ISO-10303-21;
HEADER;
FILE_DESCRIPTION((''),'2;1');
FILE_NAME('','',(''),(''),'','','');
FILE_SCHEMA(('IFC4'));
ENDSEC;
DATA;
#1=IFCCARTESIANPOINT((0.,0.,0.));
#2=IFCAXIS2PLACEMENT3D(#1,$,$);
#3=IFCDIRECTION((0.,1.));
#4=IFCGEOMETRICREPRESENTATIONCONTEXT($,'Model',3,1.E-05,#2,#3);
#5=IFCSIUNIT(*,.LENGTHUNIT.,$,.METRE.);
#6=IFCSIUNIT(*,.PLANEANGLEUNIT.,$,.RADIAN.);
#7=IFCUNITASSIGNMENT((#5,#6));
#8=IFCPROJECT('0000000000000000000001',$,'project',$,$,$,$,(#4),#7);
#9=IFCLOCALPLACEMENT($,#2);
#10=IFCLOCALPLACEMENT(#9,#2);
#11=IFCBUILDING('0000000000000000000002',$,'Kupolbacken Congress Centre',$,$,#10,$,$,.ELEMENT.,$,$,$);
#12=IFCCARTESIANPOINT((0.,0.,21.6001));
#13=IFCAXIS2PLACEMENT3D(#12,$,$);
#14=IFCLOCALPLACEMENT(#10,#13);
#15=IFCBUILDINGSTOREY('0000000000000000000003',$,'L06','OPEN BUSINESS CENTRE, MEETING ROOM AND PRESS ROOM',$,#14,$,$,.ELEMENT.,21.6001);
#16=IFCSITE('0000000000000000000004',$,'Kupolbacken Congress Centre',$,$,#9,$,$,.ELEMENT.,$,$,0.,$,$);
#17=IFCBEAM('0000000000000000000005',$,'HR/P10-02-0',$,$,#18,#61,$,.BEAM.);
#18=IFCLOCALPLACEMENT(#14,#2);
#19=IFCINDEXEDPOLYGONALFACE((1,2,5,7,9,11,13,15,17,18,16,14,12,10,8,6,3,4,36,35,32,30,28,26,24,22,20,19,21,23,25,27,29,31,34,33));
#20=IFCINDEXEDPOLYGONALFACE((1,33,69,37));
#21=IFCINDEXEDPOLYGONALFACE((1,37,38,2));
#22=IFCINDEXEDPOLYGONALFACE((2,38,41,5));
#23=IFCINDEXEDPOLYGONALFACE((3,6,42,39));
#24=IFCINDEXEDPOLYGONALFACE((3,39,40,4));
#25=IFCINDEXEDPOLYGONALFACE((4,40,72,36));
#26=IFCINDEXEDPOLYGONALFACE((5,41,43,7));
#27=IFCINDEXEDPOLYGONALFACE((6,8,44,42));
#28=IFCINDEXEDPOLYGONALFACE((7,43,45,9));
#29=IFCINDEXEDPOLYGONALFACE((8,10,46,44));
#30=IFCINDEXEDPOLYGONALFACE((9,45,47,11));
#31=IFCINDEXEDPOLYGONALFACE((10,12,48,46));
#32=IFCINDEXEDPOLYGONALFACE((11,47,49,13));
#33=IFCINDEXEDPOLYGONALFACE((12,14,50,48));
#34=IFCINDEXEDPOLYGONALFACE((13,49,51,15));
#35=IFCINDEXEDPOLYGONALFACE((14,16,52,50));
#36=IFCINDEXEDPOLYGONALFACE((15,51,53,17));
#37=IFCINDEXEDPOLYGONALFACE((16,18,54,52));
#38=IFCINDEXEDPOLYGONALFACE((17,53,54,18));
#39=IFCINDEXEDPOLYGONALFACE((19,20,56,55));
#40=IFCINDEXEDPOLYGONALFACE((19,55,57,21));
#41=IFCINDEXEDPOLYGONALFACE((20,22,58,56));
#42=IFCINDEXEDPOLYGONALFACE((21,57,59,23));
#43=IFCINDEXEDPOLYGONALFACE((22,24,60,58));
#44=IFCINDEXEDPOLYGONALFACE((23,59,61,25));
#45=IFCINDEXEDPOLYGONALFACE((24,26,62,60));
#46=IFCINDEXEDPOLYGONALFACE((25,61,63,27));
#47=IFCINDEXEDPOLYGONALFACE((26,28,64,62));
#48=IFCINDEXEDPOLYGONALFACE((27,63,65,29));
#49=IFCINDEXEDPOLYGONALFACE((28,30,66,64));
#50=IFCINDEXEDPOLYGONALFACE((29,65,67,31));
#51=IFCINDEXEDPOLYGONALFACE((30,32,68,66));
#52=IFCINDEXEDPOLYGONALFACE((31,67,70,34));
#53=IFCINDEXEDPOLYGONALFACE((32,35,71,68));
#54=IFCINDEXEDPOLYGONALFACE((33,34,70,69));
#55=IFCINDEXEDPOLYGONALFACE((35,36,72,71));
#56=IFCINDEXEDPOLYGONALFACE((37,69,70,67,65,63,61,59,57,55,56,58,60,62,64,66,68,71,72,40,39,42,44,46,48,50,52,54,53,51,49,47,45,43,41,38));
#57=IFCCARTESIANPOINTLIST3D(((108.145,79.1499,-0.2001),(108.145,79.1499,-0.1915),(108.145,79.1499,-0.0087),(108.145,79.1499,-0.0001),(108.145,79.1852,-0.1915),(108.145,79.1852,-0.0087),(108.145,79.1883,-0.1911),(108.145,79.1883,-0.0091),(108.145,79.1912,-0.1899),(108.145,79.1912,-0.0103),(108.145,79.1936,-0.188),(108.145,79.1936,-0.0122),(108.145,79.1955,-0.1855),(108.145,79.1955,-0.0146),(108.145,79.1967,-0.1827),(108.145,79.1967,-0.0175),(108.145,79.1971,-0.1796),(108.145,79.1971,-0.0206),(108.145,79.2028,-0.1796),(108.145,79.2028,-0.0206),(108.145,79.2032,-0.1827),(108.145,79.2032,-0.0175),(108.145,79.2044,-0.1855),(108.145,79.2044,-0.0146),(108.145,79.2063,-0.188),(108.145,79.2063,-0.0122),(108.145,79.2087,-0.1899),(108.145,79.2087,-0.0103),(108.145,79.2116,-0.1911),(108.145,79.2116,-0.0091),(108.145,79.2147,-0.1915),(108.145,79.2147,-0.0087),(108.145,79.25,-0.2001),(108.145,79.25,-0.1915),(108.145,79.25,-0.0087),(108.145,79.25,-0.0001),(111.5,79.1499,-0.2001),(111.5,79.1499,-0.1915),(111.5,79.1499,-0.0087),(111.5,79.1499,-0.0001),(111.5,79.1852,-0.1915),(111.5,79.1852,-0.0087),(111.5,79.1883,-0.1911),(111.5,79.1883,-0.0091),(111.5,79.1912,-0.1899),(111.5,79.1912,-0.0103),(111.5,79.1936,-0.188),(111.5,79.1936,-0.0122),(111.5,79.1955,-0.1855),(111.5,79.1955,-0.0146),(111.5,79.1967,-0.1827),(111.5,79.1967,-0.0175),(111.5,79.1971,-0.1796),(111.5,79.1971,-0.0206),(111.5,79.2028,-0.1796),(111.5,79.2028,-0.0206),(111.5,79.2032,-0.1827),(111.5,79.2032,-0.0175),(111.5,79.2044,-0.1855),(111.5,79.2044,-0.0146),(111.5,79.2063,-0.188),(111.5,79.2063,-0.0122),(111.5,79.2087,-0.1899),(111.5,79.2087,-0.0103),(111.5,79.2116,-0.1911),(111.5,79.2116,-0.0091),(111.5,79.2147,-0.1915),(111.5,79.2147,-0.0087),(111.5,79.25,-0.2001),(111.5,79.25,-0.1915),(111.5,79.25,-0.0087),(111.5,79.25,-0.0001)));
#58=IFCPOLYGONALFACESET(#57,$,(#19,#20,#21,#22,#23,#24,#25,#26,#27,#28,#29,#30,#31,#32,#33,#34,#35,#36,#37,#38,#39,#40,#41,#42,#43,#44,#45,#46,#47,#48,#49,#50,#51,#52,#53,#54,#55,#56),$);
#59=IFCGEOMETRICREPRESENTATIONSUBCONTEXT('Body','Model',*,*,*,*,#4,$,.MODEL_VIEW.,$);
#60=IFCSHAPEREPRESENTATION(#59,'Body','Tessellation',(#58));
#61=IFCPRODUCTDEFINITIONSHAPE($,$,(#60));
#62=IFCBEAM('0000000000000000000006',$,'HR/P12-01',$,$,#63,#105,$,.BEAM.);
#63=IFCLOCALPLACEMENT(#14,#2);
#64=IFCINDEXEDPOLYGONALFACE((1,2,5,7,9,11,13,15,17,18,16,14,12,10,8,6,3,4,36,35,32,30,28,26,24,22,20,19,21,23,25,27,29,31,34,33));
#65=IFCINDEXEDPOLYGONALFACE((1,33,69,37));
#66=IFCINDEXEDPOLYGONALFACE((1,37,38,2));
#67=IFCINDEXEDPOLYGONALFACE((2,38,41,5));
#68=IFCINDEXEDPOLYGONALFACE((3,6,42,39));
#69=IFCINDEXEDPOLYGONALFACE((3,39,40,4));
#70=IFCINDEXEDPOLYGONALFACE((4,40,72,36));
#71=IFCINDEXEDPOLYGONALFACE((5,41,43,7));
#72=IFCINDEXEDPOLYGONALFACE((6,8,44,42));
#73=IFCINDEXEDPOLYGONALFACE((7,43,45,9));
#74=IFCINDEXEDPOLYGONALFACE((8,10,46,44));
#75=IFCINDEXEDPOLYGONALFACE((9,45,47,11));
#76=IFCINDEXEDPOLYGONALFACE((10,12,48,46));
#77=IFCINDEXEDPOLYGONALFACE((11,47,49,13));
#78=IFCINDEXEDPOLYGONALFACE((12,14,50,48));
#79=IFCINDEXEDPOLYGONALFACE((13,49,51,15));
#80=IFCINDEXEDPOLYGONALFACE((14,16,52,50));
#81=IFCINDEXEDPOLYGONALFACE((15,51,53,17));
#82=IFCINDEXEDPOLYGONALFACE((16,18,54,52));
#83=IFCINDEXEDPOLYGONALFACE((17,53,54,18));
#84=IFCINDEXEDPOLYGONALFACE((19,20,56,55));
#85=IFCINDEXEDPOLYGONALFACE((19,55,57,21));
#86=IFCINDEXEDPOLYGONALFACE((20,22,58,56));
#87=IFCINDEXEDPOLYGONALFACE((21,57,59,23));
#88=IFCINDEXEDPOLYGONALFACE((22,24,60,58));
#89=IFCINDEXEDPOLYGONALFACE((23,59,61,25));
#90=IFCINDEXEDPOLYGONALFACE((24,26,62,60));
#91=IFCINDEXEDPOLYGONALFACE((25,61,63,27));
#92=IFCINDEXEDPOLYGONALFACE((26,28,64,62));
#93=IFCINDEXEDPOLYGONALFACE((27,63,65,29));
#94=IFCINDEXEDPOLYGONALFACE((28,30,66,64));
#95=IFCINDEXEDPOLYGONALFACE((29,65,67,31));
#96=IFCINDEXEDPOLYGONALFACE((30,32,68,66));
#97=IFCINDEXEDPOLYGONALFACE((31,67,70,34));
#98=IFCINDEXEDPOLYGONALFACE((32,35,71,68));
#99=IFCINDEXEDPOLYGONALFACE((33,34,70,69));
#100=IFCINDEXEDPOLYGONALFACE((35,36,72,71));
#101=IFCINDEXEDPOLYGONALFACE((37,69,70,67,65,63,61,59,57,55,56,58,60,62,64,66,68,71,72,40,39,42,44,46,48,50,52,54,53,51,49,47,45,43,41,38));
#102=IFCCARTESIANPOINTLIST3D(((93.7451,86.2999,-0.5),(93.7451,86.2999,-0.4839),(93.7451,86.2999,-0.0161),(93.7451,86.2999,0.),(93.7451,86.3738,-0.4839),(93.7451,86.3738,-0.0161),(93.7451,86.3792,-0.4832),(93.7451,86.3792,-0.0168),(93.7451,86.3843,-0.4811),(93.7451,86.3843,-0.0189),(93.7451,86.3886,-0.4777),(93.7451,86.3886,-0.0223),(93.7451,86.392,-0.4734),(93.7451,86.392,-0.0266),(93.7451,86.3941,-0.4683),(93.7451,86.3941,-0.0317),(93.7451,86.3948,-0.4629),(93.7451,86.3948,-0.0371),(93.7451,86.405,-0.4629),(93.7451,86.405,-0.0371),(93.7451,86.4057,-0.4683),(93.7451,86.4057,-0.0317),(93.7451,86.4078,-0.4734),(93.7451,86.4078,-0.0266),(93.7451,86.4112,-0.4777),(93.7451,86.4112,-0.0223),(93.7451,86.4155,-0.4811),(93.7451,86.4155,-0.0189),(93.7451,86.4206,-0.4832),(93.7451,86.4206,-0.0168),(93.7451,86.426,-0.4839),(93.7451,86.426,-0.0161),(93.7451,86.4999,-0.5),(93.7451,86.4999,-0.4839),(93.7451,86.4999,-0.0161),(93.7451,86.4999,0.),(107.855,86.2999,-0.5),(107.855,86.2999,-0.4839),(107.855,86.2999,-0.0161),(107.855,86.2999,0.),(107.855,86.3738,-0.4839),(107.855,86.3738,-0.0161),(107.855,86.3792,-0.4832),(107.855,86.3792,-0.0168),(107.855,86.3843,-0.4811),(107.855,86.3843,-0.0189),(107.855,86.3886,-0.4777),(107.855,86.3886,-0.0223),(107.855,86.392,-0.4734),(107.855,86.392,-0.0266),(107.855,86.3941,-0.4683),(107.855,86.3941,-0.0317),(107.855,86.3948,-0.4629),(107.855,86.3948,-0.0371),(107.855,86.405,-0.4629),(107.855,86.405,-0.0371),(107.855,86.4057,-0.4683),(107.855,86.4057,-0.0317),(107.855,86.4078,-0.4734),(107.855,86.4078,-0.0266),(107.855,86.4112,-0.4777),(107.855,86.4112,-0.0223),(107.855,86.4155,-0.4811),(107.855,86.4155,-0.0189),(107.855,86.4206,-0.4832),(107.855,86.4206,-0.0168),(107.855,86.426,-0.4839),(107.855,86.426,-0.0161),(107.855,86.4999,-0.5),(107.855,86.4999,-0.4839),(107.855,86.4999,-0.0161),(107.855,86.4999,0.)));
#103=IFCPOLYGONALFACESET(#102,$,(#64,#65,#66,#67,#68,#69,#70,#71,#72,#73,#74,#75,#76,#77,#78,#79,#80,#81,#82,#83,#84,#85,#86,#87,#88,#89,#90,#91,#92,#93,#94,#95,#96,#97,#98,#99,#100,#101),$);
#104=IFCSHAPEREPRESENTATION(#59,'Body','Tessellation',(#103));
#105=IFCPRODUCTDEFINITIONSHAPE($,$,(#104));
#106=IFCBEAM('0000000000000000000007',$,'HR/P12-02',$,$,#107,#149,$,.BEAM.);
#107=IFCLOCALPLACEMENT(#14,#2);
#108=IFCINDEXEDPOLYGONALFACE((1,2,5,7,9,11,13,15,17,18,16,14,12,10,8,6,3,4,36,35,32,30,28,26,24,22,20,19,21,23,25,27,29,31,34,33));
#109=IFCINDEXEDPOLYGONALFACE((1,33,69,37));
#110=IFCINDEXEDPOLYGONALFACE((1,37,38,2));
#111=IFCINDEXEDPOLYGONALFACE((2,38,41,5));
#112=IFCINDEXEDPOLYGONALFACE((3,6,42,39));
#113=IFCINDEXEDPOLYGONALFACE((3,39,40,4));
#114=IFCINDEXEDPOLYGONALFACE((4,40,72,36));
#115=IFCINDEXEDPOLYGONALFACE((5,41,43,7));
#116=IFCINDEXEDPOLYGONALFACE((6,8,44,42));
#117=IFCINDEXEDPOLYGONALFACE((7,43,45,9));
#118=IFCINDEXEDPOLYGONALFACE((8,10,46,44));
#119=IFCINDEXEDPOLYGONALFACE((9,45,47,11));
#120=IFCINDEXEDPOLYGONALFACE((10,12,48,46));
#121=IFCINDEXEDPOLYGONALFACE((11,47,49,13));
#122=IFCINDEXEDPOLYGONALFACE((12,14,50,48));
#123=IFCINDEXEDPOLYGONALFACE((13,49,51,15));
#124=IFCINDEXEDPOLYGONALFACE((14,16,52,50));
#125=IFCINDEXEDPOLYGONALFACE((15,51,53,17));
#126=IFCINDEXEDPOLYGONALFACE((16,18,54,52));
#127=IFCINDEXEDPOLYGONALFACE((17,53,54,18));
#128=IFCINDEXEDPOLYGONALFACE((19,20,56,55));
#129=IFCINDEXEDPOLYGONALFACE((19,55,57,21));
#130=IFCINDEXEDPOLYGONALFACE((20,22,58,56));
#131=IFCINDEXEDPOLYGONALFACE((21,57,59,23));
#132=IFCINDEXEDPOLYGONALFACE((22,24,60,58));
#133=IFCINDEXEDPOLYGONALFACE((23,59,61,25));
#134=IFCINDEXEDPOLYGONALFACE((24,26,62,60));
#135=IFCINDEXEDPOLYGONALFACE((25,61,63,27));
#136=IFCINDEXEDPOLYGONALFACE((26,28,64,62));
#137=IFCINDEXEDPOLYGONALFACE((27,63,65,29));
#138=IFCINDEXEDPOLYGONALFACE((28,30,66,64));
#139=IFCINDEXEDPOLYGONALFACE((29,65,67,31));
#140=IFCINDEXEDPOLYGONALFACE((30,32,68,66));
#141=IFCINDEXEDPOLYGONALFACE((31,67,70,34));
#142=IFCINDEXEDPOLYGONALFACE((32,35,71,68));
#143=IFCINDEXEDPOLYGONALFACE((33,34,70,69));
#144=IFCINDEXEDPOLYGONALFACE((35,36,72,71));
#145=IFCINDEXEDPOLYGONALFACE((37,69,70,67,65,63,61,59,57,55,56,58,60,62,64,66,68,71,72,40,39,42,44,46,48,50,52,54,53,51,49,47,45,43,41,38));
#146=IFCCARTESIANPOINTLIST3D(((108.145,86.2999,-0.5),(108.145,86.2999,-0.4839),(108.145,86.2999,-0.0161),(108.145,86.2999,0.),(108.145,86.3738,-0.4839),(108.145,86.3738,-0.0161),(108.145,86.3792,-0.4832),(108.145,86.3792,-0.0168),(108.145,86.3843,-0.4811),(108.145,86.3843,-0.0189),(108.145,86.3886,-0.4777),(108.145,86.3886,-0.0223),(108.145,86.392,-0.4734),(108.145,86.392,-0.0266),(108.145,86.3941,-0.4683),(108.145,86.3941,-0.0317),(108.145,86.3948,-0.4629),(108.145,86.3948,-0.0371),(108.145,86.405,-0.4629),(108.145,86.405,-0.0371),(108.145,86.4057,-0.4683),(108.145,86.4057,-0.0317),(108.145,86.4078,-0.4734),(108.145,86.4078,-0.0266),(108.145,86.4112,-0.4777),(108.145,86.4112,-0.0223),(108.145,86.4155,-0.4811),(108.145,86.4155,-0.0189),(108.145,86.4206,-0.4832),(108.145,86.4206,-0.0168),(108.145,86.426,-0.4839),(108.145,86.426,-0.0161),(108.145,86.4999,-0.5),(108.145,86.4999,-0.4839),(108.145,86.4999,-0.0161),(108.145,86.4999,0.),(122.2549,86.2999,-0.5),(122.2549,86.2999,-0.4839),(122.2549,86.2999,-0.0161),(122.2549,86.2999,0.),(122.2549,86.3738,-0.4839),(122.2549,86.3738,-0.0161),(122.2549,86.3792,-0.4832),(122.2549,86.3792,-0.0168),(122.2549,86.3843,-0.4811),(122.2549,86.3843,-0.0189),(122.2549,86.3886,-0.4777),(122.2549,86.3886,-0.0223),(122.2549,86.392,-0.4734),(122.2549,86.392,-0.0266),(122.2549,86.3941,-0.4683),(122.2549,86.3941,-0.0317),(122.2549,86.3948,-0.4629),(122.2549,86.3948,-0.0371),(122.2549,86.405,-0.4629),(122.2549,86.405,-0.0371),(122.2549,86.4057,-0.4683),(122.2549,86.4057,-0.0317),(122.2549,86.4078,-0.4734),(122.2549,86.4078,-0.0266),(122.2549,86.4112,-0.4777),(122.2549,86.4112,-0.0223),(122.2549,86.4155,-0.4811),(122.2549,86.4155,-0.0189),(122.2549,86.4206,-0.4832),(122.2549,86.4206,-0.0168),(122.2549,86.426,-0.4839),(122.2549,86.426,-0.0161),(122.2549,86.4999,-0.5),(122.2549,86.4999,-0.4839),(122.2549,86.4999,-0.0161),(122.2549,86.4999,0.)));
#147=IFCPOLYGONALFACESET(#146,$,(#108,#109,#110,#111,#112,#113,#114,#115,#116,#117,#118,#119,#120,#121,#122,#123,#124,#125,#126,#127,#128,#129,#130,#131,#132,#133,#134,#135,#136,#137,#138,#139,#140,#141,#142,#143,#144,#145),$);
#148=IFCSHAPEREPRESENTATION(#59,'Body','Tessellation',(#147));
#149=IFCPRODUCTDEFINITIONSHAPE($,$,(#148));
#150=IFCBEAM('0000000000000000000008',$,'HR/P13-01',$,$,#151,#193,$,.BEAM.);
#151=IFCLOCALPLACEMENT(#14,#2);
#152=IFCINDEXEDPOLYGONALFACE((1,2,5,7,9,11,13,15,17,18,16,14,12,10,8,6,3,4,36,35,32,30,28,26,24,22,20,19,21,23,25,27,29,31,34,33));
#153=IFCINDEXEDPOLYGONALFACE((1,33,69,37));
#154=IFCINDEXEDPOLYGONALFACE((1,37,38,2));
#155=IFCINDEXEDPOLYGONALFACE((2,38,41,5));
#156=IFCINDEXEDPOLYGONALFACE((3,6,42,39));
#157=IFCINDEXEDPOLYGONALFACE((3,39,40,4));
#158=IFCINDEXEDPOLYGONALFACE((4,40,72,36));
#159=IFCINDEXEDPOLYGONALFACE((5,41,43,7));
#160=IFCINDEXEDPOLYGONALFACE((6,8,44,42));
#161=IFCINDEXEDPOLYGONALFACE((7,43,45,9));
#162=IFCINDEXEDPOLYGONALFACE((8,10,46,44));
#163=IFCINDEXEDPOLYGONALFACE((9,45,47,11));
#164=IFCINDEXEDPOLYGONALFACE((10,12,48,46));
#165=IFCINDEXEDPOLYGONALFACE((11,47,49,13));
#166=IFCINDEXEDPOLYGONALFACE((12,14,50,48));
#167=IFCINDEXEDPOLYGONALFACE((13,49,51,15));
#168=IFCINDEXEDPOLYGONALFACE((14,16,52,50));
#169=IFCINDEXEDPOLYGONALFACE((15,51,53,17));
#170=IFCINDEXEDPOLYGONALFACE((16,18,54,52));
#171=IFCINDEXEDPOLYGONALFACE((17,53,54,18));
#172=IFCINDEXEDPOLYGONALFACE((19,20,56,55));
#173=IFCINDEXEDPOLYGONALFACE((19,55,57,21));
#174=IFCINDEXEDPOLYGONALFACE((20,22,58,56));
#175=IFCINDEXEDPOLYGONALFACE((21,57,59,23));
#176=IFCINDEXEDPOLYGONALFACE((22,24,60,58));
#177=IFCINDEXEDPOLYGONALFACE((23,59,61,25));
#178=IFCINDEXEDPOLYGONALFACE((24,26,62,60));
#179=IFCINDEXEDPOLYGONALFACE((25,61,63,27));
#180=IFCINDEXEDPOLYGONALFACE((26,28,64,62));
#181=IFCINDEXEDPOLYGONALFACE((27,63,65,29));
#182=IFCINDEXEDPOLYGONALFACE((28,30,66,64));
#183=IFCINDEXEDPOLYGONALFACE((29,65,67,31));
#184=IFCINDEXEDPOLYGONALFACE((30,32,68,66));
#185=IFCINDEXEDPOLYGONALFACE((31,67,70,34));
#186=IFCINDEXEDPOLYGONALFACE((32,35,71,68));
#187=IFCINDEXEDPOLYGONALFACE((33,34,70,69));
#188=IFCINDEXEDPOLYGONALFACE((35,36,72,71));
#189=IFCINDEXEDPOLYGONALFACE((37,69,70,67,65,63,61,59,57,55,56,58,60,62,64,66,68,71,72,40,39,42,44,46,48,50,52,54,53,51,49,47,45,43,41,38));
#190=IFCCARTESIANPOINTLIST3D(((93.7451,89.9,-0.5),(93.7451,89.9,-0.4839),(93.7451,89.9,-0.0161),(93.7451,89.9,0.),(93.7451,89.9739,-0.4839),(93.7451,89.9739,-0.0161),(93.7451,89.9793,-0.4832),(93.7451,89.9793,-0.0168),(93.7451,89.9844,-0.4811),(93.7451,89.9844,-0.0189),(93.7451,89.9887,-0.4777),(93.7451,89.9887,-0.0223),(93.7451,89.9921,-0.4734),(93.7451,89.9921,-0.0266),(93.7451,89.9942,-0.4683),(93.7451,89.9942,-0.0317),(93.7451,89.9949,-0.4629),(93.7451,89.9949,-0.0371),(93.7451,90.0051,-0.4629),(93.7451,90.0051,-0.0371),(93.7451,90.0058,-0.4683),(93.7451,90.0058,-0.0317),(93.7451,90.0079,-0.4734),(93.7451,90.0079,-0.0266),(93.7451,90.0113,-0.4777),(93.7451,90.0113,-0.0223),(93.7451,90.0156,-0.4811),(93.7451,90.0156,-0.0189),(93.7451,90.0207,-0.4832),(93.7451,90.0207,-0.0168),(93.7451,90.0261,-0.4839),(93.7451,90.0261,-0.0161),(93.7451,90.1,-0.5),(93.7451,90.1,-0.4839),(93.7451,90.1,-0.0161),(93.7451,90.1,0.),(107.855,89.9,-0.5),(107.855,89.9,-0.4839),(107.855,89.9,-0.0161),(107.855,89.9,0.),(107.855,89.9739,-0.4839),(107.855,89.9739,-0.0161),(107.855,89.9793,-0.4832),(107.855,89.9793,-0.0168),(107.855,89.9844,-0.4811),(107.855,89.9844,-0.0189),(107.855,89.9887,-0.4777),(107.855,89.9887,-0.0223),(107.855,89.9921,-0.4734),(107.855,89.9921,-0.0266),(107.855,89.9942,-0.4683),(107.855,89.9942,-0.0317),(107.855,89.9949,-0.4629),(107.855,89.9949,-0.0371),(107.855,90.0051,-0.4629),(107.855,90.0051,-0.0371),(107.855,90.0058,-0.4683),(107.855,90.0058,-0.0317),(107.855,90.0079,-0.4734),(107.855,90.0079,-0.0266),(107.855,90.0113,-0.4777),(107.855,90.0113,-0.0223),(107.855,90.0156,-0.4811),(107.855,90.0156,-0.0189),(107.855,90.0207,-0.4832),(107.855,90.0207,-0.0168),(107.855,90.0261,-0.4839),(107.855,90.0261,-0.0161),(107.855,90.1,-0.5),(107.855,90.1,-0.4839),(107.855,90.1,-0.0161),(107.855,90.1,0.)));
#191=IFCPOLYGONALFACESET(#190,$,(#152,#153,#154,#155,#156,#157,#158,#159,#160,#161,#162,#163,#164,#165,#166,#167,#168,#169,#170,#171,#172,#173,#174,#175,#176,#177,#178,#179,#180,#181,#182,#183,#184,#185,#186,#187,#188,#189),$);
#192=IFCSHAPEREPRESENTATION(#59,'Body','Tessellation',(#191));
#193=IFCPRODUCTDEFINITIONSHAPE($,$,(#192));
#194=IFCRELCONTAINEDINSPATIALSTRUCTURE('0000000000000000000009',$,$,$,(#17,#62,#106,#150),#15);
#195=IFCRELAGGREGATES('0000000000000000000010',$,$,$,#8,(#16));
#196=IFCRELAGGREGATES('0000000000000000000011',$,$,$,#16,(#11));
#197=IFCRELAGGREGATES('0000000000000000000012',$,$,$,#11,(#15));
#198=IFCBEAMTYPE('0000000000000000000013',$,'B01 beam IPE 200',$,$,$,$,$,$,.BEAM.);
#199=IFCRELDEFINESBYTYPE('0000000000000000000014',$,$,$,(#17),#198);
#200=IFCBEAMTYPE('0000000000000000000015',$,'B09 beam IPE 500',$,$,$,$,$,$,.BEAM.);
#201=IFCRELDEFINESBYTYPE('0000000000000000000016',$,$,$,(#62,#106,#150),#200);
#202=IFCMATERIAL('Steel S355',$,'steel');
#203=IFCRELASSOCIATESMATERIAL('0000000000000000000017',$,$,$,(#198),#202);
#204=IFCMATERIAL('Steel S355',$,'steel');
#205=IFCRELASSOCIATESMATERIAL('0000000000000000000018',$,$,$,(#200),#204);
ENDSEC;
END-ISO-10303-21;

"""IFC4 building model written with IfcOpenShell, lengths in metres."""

from ifc_helpers import new_model, si_unit, direction, frame, origin, origin_2d, place, context, subcontext, project, spatial, i_section, extrude, material, material_profile, profile_set, type_object, element, save


model = new_model("IFC4")

# Units and contexts
model_context = context("Model", 3, precision=1e-05, world=origin(), true_north=direction((0.0, 1.0)))
body_context = subcontext(model_context, "Body", "Model", "MODEL_VIEW")
ifc_project = project(units=[si_unit("LENGTHUNIT", "METRE"), si_unit("PLANEANGLEUNIT", "RADIAN")], contexts=[model_context])

# Site, building, storey
site_placement = place(None, origin())
site = spatial("IfcSite", under=ifc_project, at=site_placement, Name="Kupolbacken Congress Centre", CompositionType="ELEMENT", RefElevation=0.0)
building_placement = place(site_placement, origin())
building = spatial("IfcBuilding", under=site, at=building_placement, Name="Kupolbacken Congress Centre", CompositionType="ELEMENT")
storey_placement = place(building_placement, frame((0.0, 0.0, 21.6001)))
storey = spatial("IfcBuildingStorey", under=building, at=storey_placement, Name="L06", Description="OPEN BUSINESS CENTRE, MEETING ROOM AND PRESS ROOM", CompositionType="ELEMENT", Elevation=21.6001)

# Beams
ifc_material_1 = material(Name="Steel S355", Category="steel")
ifc_material_profile_1 = material_profile(ifc_material_1, i_section(OverallWidth=0.1001, OverallDepth=0.2, WebThickness=0.0056, FlangeThickness=0.0085, FilletRadius=0.012, at=origin_2d()), Name="IPE 200")
ifc_profile_set_1 = profile_set([ifc_material_profile_1], Name="Steel S355")
beam_type_1 = type_object("IfcBeamType", Name="B01 beam IPE 200", PredefinedType="BEAM", material=ifc_profile_set_1)
beam_placement = place(storey_placement, frame((108.145, 79.2, -0.1001), z_axis=(1.0, 0.0, 0.0), x_axis=(0.0, 1.0, 0.0)))
element("IfcBeam", 1, at=beam_placement, inside=storey, type_object=beam_type_1, Name="HR/P10-02-0", PredefinedType="BEAM", context=body_context, shape_type="SweptSolid", body=[
    extrude(i_section(OverallWidth=0.1001, OverallDepth=0.2, WebThickness=0.0056, FlangeThickness=0.0085, FilletRadius=0.012, at=origin_2d()), origin(), (0.0, 0.0, 1.0), 3.355),
])
ifc_material_2 = material(Name="Steel S355", Category="steel")
ifc_material_profile_2 = material_profile(ifc_material_2, i_section(OverallWidth=0.2, OverallDepth=0.5, WebThickness=0.0103, FlangeThickness=0.0161, FilletRadius=0.021, at=origin_2d()), Name="IPE 500")
ifc_profile_set_2 = profile_set([ifc_material_profile_2], Name="Steel S355")
beam_type_2 = type_object("IfcBeamType", Name="B09 beam IPE 500", PredefinedType="BEAM", material=ifc_profile_set_2)
for number, where, z_axis, x_axis, name in (
    (2, (93.7451, 86.3999, -0.25), (1.0, 0.0, 0.0), (0.0, 1.0, 0.0), "HR/P12-01"),
    (3, (108.145, 86.3999, -0.25), (1.0, 0.0, 0.0), (0.0, 1.0, 0.0), "HR/P12-02"),
    (4, (93.7451, 90.0, -0.25), (1.0, 0.0, 0.0), (0.0, 1.0, 0.0), "HR/P13-01"),
):
    element("IfcBeam", number, at=place(storey_placement, frame(where, z_axis=z_axis, x_axis=x_axis)), inside=storey, type_object=beam_type_2, Name=name, PredefinedType="BEAM", context=body_context, shape_type="SweptSolid", body=[
        extrude(i_section(OverallWidth=0.2, OverallDepth=0.5, WebThickness=0.0103, FlangeThickness=0.0161, FilletRadius=0.021, at=origin_2d()), origin(), (0.0, 0.0, 1.0), 14.1099),
    ])

save(model, "model.ifc")
